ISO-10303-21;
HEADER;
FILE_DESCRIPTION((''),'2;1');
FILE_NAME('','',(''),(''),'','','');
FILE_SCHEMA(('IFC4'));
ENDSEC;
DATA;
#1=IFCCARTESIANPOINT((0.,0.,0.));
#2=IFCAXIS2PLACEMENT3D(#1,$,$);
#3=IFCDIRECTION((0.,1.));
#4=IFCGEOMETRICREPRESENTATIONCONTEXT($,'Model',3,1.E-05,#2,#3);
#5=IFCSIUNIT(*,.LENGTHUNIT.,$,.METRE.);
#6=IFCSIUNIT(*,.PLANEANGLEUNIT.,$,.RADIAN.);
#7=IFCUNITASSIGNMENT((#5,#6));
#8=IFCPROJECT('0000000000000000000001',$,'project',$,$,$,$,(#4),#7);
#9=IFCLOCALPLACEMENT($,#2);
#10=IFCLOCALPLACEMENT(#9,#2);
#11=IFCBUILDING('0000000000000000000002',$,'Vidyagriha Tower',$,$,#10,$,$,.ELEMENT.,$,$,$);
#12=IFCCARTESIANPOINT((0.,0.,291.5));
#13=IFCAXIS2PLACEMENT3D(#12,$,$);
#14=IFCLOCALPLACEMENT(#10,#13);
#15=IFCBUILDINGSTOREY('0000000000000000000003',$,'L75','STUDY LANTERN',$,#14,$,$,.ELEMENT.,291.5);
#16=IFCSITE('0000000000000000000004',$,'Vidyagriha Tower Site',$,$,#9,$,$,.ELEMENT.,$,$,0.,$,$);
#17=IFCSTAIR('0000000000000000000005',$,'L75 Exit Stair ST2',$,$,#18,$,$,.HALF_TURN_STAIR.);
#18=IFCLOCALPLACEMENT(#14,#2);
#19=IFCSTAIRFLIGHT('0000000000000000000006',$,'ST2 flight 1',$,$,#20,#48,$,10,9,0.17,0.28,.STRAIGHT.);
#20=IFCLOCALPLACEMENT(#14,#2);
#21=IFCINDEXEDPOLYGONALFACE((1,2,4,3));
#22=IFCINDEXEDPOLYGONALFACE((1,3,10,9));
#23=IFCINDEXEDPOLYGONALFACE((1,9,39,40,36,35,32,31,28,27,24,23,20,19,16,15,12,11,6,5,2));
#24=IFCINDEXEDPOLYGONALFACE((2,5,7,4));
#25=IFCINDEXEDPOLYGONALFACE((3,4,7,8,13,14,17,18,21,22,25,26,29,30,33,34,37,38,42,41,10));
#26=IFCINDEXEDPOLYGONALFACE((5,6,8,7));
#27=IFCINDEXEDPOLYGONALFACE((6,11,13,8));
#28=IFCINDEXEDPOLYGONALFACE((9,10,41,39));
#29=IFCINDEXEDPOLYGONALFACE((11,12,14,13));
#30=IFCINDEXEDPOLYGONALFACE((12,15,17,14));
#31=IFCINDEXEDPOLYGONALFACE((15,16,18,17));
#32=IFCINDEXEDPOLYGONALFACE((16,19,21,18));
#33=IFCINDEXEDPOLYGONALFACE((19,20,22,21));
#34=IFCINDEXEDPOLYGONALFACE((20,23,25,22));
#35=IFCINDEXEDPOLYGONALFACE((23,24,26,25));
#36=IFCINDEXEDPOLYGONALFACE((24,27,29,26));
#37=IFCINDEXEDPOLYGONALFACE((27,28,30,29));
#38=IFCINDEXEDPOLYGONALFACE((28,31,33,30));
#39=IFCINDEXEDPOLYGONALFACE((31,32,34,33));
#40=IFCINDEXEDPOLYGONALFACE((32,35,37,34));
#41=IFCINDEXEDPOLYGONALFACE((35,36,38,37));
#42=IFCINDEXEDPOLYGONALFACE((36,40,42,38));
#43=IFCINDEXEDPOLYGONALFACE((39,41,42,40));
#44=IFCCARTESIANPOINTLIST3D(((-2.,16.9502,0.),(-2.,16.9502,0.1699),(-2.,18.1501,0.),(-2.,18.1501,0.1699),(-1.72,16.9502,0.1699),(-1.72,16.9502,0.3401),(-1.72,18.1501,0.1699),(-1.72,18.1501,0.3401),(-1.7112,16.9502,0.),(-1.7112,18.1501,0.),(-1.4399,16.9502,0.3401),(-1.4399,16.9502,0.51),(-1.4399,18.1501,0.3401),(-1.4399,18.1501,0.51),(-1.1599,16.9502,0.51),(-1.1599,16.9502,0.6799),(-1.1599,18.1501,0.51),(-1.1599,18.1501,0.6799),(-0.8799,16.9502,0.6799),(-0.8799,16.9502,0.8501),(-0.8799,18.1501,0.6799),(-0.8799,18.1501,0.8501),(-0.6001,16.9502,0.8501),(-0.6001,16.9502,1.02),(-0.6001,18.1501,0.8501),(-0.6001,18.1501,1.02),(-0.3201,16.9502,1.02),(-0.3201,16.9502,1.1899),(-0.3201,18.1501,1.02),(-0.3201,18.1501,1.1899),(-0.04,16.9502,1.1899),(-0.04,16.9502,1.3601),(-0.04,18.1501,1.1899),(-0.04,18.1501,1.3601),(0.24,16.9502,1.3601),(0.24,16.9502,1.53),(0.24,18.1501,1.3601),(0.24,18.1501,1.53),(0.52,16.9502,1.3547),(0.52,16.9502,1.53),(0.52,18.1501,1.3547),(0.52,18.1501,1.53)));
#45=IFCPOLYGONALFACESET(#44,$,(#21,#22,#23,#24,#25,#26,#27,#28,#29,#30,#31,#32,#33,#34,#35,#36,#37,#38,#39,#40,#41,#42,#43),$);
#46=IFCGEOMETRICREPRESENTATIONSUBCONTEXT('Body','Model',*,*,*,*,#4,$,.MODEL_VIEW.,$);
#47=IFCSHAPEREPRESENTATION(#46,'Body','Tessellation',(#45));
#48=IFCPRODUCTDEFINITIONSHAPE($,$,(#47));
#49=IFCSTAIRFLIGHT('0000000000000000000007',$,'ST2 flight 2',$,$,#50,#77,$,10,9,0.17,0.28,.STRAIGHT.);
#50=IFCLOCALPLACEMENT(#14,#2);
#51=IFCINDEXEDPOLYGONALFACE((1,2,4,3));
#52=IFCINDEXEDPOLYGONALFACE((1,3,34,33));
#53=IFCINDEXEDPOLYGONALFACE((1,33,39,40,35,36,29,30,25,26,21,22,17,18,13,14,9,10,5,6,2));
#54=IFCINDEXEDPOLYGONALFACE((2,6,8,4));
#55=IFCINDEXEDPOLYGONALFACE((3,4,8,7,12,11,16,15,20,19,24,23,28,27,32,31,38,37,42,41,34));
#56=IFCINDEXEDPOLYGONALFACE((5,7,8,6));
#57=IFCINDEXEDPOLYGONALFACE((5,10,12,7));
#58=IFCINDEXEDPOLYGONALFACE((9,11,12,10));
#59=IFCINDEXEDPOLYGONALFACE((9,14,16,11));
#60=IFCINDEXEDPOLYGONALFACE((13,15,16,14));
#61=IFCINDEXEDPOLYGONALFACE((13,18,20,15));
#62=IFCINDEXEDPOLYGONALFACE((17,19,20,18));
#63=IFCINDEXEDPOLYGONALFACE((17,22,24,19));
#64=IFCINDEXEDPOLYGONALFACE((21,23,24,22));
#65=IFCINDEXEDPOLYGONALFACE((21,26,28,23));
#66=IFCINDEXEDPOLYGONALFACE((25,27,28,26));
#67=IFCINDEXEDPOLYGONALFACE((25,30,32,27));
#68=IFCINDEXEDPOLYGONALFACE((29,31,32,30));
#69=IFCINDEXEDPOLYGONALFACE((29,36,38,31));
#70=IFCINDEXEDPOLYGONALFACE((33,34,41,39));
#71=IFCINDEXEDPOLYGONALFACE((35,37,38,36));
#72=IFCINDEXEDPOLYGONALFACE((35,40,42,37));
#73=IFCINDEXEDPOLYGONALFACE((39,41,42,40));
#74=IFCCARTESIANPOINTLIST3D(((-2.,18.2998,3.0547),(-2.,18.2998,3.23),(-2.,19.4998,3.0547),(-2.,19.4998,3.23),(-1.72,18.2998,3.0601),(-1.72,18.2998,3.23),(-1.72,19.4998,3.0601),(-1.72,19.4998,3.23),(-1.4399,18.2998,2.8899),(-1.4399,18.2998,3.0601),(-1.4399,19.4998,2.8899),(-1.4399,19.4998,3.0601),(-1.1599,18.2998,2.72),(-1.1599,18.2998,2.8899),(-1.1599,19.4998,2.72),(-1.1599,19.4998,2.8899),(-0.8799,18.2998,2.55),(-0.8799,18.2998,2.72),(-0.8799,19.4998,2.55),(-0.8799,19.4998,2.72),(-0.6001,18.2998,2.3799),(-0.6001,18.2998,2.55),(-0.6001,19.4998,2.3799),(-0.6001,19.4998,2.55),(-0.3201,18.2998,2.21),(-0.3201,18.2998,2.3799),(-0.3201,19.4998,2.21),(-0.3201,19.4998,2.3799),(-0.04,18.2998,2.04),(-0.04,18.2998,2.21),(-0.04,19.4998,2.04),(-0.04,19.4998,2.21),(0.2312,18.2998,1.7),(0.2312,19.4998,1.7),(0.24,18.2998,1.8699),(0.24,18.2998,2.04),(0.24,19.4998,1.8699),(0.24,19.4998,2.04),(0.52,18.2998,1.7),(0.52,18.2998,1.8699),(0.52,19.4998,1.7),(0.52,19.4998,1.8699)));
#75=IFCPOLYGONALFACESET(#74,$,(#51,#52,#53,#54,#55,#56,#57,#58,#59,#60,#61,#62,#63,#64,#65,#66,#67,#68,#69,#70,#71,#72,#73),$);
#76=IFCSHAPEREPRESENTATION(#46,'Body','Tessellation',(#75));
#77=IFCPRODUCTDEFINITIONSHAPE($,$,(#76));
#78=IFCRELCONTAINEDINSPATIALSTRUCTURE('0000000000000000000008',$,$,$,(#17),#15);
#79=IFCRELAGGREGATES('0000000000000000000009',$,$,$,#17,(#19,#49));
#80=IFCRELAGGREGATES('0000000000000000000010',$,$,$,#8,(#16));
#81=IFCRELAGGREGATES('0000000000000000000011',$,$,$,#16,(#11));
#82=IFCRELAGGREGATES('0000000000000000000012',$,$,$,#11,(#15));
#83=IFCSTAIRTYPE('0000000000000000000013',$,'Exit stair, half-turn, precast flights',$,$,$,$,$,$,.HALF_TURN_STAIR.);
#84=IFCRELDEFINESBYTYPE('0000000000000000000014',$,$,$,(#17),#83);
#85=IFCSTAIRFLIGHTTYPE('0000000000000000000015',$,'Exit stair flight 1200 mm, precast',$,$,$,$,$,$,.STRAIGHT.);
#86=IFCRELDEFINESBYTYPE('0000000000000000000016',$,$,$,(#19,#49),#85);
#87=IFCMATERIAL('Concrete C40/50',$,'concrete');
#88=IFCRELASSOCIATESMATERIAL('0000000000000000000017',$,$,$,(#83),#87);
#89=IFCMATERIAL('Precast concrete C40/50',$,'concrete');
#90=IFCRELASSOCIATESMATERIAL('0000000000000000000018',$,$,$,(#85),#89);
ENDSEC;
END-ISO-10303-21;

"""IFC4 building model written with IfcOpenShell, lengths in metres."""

from ifc_helpers import new_model, si_unit, direction, frame, origin, place, context, subcontext, project, spatial, polyline, outline, extrude, material, type_object, element, aggregate, save


model = new_model("IFC4")

# Units and contexts
model_context = context("Model", 3, precision=1e-05, world=origin(), true_north=direction((0.0, 1.0)))
body_context = subcontext(model_context, "Body", "Model", "MODEL_VIEW")
ifc_project = project(units=[si_unit("LENGTHUNIT", "METRE"), si_unit("PLANEANGLEUNIT", "RADIAN")], contexts=[model_context])

# Site, building, storey
site_placement = place(None, origin())
site = spatial("IfcSite", under=ifc_project, at=site_placement, Name="Vidyagriha Tower Site", CompositionType="ELEMENT", RefElevation=0.0)
building_placement = place(site_placement, origin())
building = spatial("IfcBuilding", under=site, at=building_placement, Name="Vidyagriha Tower", CompositionType="ELEMENT")
storey_placement = place(building_placement, frame((0.0, 0.0, 291.5)))
storey = spatial("IfcBuildingStorey", under=building, at=storey_placement, Name="L75", Description="STUDY LANTERN", CompositionType="ELEMENT", Elevation=291.5)

# Stair, stair flights
ifc_material_1 = material(Name="Concrete C40/50", Category="concrete")
stair_type = type_object("IfcStairType", Name="Exit stair, half-turn, precast flights", PredefinedType="HALF_TURN_STAIR", material=ifc_material_1)
ifc_material_2 = material(Name="Precast concrete C40/50", Category="concrete")
stair_flight_type = type_object("IfcStairFlightType", Name="Exit stair flight 1200 mm, precast", PredefinedType="STRAIGHT", material=ifc_material_2)
stair_1_placement = place(storey_placement, origin())
stair_1 = element("IfcStair", 1, at=stair_1_placement, inside=storey, type_object=stair_type, Name="L75 Exit Stair ST2", PredefinedType="HALF_TURN_STAIR")
stair_flight_1_placement = place(storey_placement, frame((-2.0, 17.55, 0.0)))
stair_flight_1 = element("IfcStairFlight", 2, at=stair_flight_1_placement, type_object=stair_flight_type, Name="ST2 flight 1", NumberOfRisers=10, NumberOfTreads=9, PredefinedType="STRAIGHT", RiserHeight=0.17, TreadLength=0.28, context=body_context, shape_type="SweptSolid", body=[
    extrude(outline(polyline([(0.0, 0.0), (0.0, 0.1699), (0.28, 0.1699), (0.28, 0.3401), (0.5601, 0.3401), (0.5601, 0.51), (0.8401, 0.51), (0.8401, 0.6799), (1.1201, 0.6799), (1.1201, 0.8501), (1.3999, 0.8501), (1.3999, 1.02), (1.6799, 1.02), (1.6799, 1.1899), (1.96, 1.1899), (1.96, 1.3601), (2.24, 1.3601), (2.24, 1.53), (2.52, 1.53), (2.52, 1.7), (2.52, 1.3547), (0.2888, 0.0), (0.0, 0.0)])), frame((0.0, 0.6001, 0.0), z_axis=(0.0, -1.0, 0.0), x_axis=(1.0, 0.0, 0.0)), (0.0, 0.0, 1.0), 1.2),
])
stair_flight_2_placement = place(storey_placement, frame((0.52, 18.8999, 1.7), z_axis=(0.0, 0.0, 1.0), x_axis=(-1.0, 0.0, 0.0)))
stair_flight_2 = element("IfcStairFlight", 3, at=stair_flight_2_placement, type_object=stair_flight_type, Name="ST2 flight 2", NumberOfRisers=10, NumberOfTreads=9, PredefinedType="STRAIGHT", RiserHeight=0.17, TreadLength=0.28, context=body_context, shape_type="SweptSolid", body=[
    extrude(outline(polyline([(0.0, 0.0), (0.0, 0.1699), (0.28, 0.1699), (0.28, 0.3401), (0.5601, 0.3401), (0.5601, 0.51), (0.8401, 0.51), (0.8401, 0.6799), (1.1201, 0.6799), (1.1201, 0.8501), (1.3999, 0.8501), (1.3999, 1.02), (1.6799, 1.02), (1.6799, 1.1899), (1.96, 1.1899), (1.96, 1.3601), (2.24, 1.3601), (2.24, 1.53), (2.52, 1.53), (2.52, 1.7), (2.52, 1.3547), (0.2888, 0.0), (0.0, 0.0)])), frame((0.0, 0.6001, 0.0), z_axis=(0.0, -1.0, 0.0), x_axis=(1.0, 0.0, 0.0)), (0.0, 0.0, 1.0), 1.2),
])
aggregate(stair_1, [stair_flight_1, stair_flight_2])

save(model, "model.ifc")
